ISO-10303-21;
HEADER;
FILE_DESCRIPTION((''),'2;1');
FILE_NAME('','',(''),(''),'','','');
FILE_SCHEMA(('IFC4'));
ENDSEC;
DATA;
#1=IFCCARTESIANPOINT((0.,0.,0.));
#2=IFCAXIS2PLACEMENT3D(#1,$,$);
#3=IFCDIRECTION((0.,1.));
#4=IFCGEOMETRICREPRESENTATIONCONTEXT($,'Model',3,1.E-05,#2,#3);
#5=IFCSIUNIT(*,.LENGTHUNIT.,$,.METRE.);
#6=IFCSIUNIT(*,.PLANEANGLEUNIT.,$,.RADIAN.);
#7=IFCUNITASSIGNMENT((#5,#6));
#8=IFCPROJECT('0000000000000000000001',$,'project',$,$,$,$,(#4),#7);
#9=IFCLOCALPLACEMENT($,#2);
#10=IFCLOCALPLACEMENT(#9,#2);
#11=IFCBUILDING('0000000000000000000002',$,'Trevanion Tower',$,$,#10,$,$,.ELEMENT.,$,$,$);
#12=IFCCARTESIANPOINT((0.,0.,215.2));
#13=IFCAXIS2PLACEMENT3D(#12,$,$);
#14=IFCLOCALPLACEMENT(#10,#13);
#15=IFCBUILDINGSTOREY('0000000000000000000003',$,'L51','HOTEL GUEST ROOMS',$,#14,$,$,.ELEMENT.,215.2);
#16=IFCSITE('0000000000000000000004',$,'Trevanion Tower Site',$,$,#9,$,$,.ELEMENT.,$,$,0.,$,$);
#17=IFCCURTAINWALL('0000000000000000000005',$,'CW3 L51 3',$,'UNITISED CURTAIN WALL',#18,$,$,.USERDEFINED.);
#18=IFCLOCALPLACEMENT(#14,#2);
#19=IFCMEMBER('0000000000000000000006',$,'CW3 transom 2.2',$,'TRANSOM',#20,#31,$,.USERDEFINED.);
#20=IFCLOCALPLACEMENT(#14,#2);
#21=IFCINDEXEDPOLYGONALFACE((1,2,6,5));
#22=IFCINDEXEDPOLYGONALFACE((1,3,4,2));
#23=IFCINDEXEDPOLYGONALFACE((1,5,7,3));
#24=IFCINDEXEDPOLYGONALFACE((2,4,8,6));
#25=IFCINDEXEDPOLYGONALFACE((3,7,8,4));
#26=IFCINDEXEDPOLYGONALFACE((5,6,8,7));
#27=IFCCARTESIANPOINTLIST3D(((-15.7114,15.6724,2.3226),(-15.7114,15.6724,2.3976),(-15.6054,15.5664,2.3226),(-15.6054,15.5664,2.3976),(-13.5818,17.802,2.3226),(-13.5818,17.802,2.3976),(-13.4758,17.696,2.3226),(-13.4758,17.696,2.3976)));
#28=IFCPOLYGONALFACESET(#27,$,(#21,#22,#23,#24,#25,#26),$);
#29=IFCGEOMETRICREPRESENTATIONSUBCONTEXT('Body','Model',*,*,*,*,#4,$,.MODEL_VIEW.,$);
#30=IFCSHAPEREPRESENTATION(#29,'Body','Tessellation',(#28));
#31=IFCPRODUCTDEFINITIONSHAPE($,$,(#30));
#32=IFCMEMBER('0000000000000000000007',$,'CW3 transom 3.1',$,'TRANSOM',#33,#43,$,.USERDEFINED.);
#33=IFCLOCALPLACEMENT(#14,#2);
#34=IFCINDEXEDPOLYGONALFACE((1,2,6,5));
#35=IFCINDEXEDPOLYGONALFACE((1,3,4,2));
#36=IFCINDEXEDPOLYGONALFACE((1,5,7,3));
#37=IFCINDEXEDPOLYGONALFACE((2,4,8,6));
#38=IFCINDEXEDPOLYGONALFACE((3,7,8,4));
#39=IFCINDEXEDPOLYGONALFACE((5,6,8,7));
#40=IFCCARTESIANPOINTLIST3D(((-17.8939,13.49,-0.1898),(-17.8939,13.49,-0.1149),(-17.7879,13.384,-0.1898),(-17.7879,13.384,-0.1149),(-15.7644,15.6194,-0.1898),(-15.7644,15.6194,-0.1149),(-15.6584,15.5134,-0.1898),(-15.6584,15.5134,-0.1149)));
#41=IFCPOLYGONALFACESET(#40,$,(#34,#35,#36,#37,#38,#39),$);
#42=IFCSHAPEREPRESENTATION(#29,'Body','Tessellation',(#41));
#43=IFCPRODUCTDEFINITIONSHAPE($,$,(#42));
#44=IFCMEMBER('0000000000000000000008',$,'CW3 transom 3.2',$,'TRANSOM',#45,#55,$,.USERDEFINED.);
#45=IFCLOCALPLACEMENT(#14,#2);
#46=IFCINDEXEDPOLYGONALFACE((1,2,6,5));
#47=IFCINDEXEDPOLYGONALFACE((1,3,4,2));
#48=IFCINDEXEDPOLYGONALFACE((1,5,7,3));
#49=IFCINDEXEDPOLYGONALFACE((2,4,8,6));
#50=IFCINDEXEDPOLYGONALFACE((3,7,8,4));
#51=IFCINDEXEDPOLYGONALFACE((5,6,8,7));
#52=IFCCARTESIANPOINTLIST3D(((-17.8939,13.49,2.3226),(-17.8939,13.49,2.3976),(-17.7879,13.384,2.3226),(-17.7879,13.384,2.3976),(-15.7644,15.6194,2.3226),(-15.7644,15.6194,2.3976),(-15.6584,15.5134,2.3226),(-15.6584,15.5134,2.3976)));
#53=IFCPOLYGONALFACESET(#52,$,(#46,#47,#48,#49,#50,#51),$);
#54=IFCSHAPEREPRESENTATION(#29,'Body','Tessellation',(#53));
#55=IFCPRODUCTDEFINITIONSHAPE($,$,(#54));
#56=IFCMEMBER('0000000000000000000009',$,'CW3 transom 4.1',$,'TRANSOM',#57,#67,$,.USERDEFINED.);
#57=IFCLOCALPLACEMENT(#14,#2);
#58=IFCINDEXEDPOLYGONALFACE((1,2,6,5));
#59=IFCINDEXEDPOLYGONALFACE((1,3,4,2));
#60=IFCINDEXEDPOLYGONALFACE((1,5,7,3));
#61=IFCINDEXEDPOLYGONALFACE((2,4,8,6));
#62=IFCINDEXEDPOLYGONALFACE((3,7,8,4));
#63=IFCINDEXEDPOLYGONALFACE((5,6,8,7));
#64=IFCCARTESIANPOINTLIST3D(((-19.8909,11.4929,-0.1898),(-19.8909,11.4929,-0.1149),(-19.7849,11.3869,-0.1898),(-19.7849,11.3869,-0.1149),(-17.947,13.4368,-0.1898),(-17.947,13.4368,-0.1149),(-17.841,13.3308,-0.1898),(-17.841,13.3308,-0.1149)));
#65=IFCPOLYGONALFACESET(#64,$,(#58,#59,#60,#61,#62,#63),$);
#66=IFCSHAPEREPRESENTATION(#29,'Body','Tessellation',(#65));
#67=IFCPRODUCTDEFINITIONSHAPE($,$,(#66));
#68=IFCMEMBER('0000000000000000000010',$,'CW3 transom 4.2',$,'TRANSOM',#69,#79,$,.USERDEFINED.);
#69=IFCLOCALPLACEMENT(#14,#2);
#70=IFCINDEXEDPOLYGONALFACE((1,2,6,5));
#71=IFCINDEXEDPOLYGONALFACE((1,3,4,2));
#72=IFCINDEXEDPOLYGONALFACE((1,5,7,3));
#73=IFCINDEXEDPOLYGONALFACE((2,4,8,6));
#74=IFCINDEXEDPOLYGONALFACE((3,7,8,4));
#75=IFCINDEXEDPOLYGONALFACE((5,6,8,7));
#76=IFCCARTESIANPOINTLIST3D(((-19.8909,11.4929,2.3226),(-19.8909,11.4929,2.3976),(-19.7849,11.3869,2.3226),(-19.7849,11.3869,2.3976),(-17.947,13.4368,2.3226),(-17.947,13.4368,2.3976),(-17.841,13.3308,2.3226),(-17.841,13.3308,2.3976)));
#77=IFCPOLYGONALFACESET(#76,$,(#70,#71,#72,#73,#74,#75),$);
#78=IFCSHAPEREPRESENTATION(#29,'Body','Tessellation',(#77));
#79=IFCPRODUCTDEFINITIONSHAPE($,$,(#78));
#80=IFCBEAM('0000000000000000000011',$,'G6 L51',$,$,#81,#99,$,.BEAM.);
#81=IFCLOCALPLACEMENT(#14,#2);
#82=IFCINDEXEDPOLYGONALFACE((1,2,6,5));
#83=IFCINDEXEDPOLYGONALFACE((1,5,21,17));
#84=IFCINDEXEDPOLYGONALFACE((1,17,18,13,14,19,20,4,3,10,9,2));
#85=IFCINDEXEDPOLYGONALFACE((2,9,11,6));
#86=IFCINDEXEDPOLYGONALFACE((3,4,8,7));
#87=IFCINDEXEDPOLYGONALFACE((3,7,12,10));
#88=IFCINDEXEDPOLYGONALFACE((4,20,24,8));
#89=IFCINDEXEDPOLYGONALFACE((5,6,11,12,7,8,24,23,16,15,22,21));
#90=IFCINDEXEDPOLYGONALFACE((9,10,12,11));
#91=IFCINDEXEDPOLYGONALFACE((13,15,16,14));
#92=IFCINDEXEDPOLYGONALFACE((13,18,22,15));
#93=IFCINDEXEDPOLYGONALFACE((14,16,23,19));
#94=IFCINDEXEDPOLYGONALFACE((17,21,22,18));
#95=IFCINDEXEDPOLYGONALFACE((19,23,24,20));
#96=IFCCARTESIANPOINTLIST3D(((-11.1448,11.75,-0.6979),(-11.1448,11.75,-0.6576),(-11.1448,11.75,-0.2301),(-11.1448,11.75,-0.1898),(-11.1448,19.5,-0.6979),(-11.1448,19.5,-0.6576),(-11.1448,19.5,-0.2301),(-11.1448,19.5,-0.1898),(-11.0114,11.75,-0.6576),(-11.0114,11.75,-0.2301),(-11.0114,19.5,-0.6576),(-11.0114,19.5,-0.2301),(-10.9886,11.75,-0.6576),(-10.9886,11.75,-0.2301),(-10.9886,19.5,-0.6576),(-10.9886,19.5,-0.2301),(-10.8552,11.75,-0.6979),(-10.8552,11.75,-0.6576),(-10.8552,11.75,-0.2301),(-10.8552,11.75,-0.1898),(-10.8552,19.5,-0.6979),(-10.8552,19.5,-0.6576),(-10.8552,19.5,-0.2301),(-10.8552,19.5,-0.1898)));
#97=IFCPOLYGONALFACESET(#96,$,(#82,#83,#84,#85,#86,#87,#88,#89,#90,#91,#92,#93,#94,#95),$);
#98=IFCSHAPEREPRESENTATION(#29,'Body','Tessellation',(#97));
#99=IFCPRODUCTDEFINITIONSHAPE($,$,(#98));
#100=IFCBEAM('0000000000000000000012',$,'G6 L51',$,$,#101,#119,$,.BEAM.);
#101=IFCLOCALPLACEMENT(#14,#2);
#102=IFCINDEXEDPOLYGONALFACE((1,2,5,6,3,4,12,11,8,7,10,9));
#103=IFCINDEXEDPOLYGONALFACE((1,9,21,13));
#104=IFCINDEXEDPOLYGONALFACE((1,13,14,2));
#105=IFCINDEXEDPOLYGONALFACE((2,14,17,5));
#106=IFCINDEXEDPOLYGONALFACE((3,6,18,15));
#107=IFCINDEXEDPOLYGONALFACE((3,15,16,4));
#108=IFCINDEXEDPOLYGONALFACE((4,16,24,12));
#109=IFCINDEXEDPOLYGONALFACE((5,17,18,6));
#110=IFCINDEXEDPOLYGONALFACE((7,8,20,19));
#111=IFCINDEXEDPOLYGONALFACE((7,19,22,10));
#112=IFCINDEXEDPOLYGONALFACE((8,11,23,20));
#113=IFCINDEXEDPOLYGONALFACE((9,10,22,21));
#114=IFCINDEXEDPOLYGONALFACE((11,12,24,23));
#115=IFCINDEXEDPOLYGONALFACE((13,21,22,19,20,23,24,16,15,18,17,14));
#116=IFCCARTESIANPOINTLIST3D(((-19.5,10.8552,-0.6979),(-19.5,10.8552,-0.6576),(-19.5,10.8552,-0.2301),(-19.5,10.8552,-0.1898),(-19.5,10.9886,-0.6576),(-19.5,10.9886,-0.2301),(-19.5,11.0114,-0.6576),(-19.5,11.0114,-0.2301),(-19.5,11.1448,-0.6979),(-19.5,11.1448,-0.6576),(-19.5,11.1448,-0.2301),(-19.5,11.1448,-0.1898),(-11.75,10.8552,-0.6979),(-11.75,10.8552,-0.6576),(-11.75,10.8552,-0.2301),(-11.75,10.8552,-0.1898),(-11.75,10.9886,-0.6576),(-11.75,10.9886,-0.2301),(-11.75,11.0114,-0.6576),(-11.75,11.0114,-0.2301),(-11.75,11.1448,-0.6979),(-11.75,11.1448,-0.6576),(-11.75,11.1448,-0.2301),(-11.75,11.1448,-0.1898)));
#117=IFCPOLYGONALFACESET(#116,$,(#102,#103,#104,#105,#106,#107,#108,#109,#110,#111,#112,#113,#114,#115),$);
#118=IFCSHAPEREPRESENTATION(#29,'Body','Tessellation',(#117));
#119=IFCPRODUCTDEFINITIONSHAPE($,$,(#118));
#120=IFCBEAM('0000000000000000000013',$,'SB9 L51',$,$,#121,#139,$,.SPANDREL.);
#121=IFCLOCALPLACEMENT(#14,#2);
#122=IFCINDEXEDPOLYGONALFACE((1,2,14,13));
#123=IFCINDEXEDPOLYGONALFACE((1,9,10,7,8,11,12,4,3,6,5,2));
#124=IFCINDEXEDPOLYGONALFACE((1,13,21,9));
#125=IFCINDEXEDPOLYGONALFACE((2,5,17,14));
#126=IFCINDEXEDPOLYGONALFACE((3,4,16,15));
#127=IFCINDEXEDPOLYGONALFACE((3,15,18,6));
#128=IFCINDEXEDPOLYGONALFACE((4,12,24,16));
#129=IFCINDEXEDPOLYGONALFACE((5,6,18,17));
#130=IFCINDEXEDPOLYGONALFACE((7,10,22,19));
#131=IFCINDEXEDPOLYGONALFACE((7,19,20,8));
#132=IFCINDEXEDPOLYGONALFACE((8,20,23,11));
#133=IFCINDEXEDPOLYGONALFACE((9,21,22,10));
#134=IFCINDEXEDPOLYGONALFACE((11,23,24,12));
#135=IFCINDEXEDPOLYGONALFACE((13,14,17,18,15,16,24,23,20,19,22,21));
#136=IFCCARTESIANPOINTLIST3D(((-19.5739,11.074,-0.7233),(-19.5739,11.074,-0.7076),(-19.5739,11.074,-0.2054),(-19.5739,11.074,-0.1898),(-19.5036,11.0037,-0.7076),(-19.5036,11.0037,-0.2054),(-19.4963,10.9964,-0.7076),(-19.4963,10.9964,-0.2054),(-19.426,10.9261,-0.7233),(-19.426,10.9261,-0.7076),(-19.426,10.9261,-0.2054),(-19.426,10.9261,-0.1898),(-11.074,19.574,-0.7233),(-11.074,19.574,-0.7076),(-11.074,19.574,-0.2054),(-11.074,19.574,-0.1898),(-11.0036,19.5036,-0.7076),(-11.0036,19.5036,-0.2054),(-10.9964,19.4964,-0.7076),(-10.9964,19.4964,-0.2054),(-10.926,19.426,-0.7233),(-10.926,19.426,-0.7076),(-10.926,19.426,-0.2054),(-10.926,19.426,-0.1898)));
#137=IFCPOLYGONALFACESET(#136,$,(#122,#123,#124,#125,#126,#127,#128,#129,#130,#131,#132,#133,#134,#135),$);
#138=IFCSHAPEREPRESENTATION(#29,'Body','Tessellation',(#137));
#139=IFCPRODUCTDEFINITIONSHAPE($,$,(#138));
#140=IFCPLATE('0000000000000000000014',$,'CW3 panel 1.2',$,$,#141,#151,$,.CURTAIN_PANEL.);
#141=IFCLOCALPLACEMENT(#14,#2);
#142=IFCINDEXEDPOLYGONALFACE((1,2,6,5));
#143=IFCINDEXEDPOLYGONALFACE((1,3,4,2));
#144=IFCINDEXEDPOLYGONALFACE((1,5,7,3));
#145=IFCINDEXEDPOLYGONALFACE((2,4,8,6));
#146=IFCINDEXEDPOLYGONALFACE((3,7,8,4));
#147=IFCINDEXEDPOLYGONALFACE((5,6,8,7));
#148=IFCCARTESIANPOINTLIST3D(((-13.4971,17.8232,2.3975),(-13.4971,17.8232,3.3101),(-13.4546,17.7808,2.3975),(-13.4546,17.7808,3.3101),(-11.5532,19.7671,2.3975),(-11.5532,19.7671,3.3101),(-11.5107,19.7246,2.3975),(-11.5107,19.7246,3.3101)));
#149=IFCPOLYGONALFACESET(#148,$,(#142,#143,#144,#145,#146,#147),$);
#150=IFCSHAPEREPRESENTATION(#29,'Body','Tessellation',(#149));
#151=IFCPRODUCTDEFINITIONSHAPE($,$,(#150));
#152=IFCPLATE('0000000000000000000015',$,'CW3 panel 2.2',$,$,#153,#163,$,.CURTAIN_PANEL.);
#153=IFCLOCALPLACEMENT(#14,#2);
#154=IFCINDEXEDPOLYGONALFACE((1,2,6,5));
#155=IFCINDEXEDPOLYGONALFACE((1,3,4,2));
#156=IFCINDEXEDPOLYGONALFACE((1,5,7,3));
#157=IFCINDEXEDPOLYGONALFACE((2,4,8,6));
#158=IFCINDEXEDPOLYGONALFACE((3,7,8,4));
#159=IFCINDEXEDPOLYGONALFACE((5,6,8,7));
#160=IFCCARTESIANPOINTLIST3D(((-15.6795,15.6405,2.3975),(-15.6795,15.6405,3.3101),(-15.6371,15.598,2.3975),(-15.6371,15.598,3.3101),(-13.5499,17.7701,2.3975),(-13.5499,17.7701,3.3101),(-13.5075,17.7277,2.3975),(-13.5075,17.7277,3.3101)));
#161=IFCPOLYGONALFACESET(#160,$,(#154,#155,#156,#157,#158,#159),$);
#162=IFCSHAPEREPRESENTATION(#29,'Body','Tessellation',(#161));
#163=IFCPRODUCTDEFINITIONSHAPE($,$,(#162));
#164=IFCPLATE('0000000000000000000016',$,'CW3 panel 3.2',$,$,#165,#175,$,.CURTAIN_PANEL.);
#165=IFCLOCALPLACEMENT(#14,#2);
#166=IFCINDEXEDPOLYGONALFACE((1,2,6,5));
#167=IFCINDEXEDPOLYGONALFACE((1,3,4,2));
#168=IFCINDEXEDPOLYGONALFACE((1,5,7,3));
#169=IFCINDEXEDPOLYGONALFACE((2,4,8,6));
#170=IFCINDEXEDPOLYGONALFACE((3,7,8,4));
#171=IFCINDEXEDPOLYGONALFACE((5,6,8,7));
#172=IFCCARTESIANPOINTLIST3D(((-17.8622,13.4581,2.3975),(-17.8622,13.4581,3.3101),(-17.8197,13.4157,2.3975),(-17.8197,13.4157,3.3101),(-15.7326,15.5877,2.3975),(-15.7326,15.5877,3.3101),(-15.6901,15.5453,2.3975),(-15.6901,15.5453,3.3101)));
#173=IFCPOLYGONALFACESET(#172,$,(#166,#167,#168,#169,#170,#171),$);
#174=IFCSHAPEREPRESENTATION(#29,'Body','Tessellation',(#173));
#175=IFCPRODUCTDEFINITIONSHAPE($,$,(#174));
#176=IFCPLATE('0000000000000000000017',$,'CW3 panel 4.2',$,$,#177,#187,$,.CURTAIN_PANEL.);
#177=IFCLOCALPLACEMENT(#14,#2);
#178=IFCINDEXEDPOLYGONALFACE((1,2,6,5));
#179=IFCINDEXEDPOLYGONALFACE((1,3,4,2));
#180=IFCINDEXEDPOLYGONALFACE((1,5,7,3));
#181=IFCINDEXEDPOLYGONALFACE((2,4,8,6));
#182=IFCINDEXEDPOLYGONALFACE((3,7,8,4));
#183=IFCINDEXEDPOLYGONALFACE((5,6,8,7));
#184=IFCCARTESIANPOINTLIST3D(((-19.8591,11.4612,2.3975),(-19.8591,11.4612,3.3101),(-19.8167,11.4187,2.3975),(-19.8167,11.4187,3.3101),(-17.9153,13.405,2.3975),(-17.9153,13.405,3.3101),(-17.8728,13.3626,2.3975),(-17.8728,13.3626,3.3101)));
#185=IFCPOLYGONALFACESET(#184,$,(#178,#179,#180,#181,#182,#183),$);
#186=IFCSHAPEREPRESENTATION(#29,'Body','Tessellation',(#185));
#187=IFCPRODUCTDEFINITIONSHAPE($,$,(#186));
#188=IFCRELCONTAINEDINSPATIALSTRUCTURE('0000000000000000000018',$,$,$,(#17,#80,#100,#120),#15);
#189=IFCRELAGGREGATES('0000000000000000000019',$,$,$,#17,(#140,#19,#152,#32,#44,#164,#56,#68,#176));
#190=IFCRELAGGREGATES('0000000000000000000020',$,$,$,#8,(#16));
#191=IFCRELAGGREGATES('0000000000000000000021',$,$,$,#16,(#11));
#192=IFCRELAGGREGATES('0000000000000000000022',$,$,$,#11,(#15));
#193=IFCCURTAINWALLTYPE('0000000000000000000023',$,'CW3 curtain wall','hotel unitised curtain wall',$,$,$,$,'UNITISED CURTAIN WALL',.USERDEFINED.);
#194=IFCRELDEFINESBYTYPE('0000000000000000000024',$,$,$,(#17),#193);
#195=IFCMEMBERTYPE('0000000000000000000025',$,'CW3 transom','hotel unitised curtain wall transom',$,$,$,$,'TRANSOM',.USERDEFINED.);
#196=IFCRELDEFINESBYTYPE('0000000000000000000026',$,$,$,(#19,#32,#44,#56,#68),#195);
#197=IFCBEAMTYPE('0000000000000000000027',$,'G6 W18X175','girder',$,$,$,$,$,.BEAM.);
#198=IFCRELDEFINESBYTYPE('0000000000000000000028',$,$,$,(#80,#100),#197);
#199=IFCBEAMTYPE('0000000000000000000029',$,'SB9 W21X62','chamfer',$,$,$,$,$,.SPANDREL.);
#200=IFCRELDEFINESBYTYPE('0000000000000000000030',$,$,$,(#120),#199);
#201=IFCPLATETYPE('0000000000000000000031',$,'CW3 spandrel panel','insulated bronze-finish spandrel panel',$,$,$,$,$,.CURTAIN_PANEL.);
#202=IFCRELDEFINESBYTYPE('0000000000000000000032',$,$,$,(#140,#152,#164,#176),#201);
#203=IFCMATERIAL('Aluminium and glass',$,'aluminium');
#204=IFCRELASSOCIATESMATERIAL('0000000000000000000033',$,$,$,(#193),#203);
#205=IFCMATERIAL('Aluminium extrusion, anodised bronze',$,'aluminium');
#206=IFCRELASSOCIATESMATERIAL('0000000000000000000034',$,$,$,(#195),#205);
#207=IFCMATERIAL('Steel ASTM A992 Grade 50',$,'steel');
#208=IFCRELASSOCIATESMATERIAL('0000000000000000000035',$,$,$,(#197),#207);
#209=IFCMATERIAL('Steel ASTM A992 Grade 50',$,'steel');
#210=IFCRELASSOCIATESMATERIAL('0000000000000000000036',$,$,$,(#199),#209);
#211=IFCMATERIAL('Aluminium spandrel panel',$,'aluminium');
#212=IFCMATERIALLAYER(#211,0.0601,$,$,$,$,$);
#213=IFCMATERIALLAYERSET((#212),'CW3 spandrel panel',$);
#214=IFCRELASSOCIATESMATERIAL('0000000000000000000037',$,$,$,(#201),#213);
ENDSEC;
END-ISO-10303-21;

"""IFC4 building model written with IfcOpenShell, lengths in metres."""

from ifc_helpers import new_model, si_unit, direction, frame, origin, origin_2d, place, context, subcontext, project, spatial, rectangle, i_section, extrude, material, layer, layer_set, material_profile, profile_set, type_object, element, aggregate, save


model = new_model("IFC4")

# Units and contexts
model_context = context("Model", 3, precision=1e-05, world=origin(), true_north=direction((0.0, 1.0)))
body_context = subcontext(model_context, "Body", "Model", "MODEL_VIEW")
ifc_project = project(units=[si_unit("LENGTHUNIT", "METRE"), si_unit("PLANEANGLEUNIT", "RADIAN")], contexts=[model_context])

# Site, building, storey
site_placement = place(None, origin())
site = spatial("IfcSite", under=ifc_project, at=site_placement, Name="Trevanion Tower Site", CompositionType="ELEMENT", RefElevation=0.0)
building_placement = place(site_placement, origin())
building = spatial("IfcBuilding", under=site, at=building_placement, Name="Trevanion Tower", CompositionType="ELEMENT")
storey_placement = place(building_placement, frame((0.0, 0.0, 215.2)))
storey = spatial("IfcBuildingStorey", under=building, at=storey_placement, Name="L51", Description="HOTEL GUEST ROOMS", CompositionType="ELEMENT", Elevation=215.2)

# Curtain wall
ifc_material_1 = material(Name="Aluminium and glass", Category="aluminium")
curtain_wall_type = type_object("IfcCurtainWallType", Name="CW3 curtain wall", Description="hotel unitised curtain wall", ElementType="UNITISED CURTAIN WALL", PredefinedType="USERDEFINED", material=ifc_material_1)
curtain_wall_1_placement = place(storey_placement, origin())
curtain_wall_1 = element("IfcCurtainWall", 1, at=curtain_wall_1_placement, inside=storey, type_object=curtain_wall_type, Name="CW3 L51 3", ObjectType="UNITISED CURTAIN WALL", PredefinedType="USERDEFINED")

# Members
ifc_material_2 = material(Name="Aluminium extrusion, anodised bronze", Category="aluminium")
ifc_material_profile_1 = material_profile(ifc_material_2, rectangle(XDim=0.1499, YDim=0.075, at=origin_2d()), Name="CW3 transom")
ifc_profile_set_1 = profile_set([ifc_material_profile_1], Name="Aluminium extrusion, anodised bronze")
member_type_1 = type_object("IfcMemberType", Name="CW3 transom", Description="hotel unitised curtain wall transom", ElementType="TRANSOM", PredefinedType="USERDEFINED", material=ifc_profile_set_1)
member_1_placement = place(storey_placement, frame((-13.5288, 17.749, 2.3601), z_axis=(-0.707107, -0.707107, 0.0), x_axis=(0.707107, -0.707107, 0.0)))
member_1 = element("IfcMember", 2, at=member_1_placement, type_object=member_type_1, Name="CW3 transom 2.2", ObjectType="TRANSOM", PredefinedType="USERDEFINED", context=body_context, shape_type="SweptSolid", body=[
    extrude(rectangle(XDim=0.1499, YDim=0.075, at=origin_2d()), origin(), (0.0, 0.0, 1.0), 3.0117),
])
member_2_placement = place(storey_placement, frame((-15.7114, 15.5664, -0.1523), z_axis=(-0.707107, -0.707107, 0.0), x_axis=(0.707107, -0.707107, 0.0)))
member_2 = element("IfcMember", 3, at=member_2_placement, type_object=member_type_1, Name="CW3 transom 3.1", ObjectType="TRANSOM", PredefinedType="USERDEFINED", context=body_context, shape_type="SweptSolid", body=[
    extrude(rectangle(XDim=0.1499, YDim=0.075, at=origin_2d()), origin(), (0.0, 0.0, 1.0), 3.0115),
])
member_3_placement = place(storey_placement, frame((-15.7114, 15.5664, 2.3601), z_axis=(-0.707107, -0.707107, 0.0), x_axis=(0.707107, -0.707107, 0.0)))
member_3 = element("IfcMember", 4, at=member_3_placement, type_object=member_type_1, Name="CW3 transom 3.2", ObjectType="TRANSOM", PredefinedType="USERDEFINED", context=body_context, shape_type="SweptSolid", body=[
    extrude(rectangle(XDim=0.1499, YDim=0.075, at=origin_2d()), origin(), (0.0, 0.0, 1.0), 3.0115),
])
member_4_placement = place(storey_placement, frame((-17.894, 13.3838, -0.1523), z_axis=(-0.707107, -0.707107, 0.0), x_axis=(0.707107, -0.707107, 0.0)))
member_4 = element("IfcMember", 5, at=member_4_placement, type_object=member_type_1, Name="CW3 transom 4.1", ObjectType="TRANSOM", PredefinedType="USERDEFINED", context=body_context, shape_type="SweptSolid", body=[
    extrude(rectangle(XDim=0.1499, YDim=0.075, at=origin_2d()), origin(), (0.0, 0.0, 1.0), 2.749),
])
member_5_placement = place(storey_placement, frame((-17.894, 13.3838, 2.3601), z_axis=(-0.707107, -0.707107, 0.0), x_axis=(0.707107, -0.707107, 0.0)))
member_5 = element("IfcMember", 6, at=member_5_placement, type_object=member_type_1, Name="CW3 transom 4.2", ObjectType="TRANSOM", PredefinedType="USERDEFINED", context=body_context, shape_type="SweptSolid", body=[
    extrude(rectangle(XDim=0.1499, YDim=0.075, at=origin_2d()), origin(), (0.0, 0.0, 1.0), 2.749),
])

# Beams
ifc_material_3 = material(Name="Steel ASTM A992 Grade 50", Category="steel")
ifc_material_profile_2 = material_profile(ifc_material_3, i_section(OverallWidth=0.2896, OverallDepth=0.5081, WebThickness=0.0227, FlangeThickness=0.0403, at=origin_2d()), Name="W18X175")
ifc_profile_set_2 = profile_set([ifc_material_profile_2], Name="Steel ASTM A992 Grade 50")
beam_type_1 = type_object("IfcBeamType", Name="G6 W18X175", Description="girder", PredefinedType="BEAM", material=ifc_profile_set_2)
for number, where, z_axis, x_axis, name in (
    (7, (-11.0, 11.75, -0.4438), (0.0, 1.0, 0.0), (-1.0, 0.0, 0.0), "G6 L51"),
    (8, (-11.75, 11.0, -0.4438), (-1.0, 0.0, 0.0), (0.0, -1.0, 0.0), "G6 L51"),
):
    element("IfcBeam", number, at=place(storey_placement, frame(where, z_axis=z_axis, x_axis=x_axis)), inside=storey, type_object=beam_type_1, Name=name, PredefinedType="BEAM", context=body_context, shape_type="SweptSolid", body=[
        extrude(i_section(OverallWidth=0.2896, OverallDepth=0.5081, WebThickness=0.0227, FlangeThickness=0.0403, at=origin_2d()), origin(), (0.0, 0.0, 1.0), 7.75),
    ])
ifc_material_4 = material(Name="Steel ASTM A992 Grade 50", Category="steel")
ifc_material_profile_3 = material_profile(ifc_material_4, i_section(OverallWidth=0.2092, OverallDepth=0.5334, WebThickness=0.0103, FlangeThickness=0.0156, at=origin_2d()), Name="W21X62")
ifc_profile_set_3 = profile_set([ifc_material_profile_3], Name="Steel ASTM A992 Grade 50")
beam_type_2 = type_object("IfcBeamType", Name="SB9 W21X62", Description="chamfer", PredefinedType="SPANDREL", material=ifc_profile_set_3)
beam_1_placement = place(storey_placement, frame((-11.0, 19.5, -0.4565), z_axis=(-0.707107, -0.707107, 0.0), x_axis=(0.707107, -0.707107, 0.0)))
element("IfcBeam", 9, at=beam_1_placement, inside=storey, type_object=beam_type_2, Name="SB9 L51", PredefinedType="SPANDREL", context=body_context, shape_type="SweptSolid", body=[
    extrude(i_section(OverallWidth=0.2092, OverallDepth=0.5334, WebThickness=0.0103, FlangeThickness=0.0156, at=origin_2d()), origin(), (0.0, 0.0, 1.0), 12.0208),
])

# Plates
ifc_material_5 = material(Name="Aluminium spandrel panel", Category="aluminium")
ifc_layer_1 = layer(ifc_material_5, 0.0601)
ifc_layer_set_1 = layer_set([ifc_layer_1], Name="CW3 spandrel panel")
plate_type_1 = type_object("IfcPlateType", Name="CW3 spandrel panel", Description="insulated bronze-finish spandrel panel", PredefinedType="CURTAIN_PANEL", material=ifc_layer_set_1)
plate_1_placement = place(storey_placement, frame((-12.5039, 18.7739, 2.3975), z_axis=(0.0, 0.0, 1.0), x_axis=(-0.707107, -0.707107, 0.0)))
plate_1 = element("IfcPlate", 10, at=plate_1_placement, type_object=plate_type_1, Name="CW3 panel 1.2", PredefinedType="CURTAIN_PANEL", context=body_context, shape_type="SweptSolid", body=[
    extrude(rectangle(XDim=2.749, YDim=0.0601, at=origin_2d()), origin(), (0.0, 0.0, 1.0), 0.9126),
])
plate_2_placement = place(storey_placement, frame((-14.5935, 16.6841, 2.3975), z_axis=(0.0, 0.0, 1.0), x_axis=(-0.707107, -0.707107, 0.0)))
plate_2 = element("IfcPlate", 11, at=plate_2_placement, type_object=plate_type_1, Name="CW3 panel 2.2", PredefinedType="CURTAIN_PANEL", context=body_context, shape_type="SweptSolid", body=[
    extrude(rectangle(XDim=3.0117, YDim=0.0601, at=origin_2d()), origin(), (0.0, 0.0, 1.0), 0.9126),
])
plate_3_placement = place(storey_placement, frame((-16.7761, 14.5017, 2.3975), z_axis=(0.0, 0.0, 1.0), x_axis=(-0.707107, -0.707107, 0.0)))
plate_3 = element("IfcPlate", 12, at=plate_3_placement, type_object=plate_type_1, Name="CW3 panel 3.2", PredefinedType="CURTAIN_PANEL", context=body_context, shape_type="SweptSolid", body=[
    extrude(rectangle(XDim=3.0117, YDim=0.0601, at=origin_2d()), origin(), (0.0, 0.0, 1.0), 0.9126),
])
plate_4_placement = place(storey_placement, frame((-18.866, 12.4119, 2.3975), z_axis=(0.0, 0.0, 1.0), x_axis=(-0.707107, -0.707107, 0.0)))
plate_4 = element("IfcPlate", 13, at=plate_4_placement, type_object=plate_type_1, Name="CW3 panel 4.2", PredefinedType="CURTAIN_PANEL", context=body_context, shape_type="SweptSolid", body=[
    extrude(rectangle(XDim=2.749, YDim=0.0601, at=origin_2d()), origin(), (0.0, 0.0, 1.0), 0.9126),
])
aggregate(curtain_wall_1, [plate_1, member_1, plate_2, member_2, member_3, plate_3, member_4, member_5, plate_4])

save(model, "model.ifc")
